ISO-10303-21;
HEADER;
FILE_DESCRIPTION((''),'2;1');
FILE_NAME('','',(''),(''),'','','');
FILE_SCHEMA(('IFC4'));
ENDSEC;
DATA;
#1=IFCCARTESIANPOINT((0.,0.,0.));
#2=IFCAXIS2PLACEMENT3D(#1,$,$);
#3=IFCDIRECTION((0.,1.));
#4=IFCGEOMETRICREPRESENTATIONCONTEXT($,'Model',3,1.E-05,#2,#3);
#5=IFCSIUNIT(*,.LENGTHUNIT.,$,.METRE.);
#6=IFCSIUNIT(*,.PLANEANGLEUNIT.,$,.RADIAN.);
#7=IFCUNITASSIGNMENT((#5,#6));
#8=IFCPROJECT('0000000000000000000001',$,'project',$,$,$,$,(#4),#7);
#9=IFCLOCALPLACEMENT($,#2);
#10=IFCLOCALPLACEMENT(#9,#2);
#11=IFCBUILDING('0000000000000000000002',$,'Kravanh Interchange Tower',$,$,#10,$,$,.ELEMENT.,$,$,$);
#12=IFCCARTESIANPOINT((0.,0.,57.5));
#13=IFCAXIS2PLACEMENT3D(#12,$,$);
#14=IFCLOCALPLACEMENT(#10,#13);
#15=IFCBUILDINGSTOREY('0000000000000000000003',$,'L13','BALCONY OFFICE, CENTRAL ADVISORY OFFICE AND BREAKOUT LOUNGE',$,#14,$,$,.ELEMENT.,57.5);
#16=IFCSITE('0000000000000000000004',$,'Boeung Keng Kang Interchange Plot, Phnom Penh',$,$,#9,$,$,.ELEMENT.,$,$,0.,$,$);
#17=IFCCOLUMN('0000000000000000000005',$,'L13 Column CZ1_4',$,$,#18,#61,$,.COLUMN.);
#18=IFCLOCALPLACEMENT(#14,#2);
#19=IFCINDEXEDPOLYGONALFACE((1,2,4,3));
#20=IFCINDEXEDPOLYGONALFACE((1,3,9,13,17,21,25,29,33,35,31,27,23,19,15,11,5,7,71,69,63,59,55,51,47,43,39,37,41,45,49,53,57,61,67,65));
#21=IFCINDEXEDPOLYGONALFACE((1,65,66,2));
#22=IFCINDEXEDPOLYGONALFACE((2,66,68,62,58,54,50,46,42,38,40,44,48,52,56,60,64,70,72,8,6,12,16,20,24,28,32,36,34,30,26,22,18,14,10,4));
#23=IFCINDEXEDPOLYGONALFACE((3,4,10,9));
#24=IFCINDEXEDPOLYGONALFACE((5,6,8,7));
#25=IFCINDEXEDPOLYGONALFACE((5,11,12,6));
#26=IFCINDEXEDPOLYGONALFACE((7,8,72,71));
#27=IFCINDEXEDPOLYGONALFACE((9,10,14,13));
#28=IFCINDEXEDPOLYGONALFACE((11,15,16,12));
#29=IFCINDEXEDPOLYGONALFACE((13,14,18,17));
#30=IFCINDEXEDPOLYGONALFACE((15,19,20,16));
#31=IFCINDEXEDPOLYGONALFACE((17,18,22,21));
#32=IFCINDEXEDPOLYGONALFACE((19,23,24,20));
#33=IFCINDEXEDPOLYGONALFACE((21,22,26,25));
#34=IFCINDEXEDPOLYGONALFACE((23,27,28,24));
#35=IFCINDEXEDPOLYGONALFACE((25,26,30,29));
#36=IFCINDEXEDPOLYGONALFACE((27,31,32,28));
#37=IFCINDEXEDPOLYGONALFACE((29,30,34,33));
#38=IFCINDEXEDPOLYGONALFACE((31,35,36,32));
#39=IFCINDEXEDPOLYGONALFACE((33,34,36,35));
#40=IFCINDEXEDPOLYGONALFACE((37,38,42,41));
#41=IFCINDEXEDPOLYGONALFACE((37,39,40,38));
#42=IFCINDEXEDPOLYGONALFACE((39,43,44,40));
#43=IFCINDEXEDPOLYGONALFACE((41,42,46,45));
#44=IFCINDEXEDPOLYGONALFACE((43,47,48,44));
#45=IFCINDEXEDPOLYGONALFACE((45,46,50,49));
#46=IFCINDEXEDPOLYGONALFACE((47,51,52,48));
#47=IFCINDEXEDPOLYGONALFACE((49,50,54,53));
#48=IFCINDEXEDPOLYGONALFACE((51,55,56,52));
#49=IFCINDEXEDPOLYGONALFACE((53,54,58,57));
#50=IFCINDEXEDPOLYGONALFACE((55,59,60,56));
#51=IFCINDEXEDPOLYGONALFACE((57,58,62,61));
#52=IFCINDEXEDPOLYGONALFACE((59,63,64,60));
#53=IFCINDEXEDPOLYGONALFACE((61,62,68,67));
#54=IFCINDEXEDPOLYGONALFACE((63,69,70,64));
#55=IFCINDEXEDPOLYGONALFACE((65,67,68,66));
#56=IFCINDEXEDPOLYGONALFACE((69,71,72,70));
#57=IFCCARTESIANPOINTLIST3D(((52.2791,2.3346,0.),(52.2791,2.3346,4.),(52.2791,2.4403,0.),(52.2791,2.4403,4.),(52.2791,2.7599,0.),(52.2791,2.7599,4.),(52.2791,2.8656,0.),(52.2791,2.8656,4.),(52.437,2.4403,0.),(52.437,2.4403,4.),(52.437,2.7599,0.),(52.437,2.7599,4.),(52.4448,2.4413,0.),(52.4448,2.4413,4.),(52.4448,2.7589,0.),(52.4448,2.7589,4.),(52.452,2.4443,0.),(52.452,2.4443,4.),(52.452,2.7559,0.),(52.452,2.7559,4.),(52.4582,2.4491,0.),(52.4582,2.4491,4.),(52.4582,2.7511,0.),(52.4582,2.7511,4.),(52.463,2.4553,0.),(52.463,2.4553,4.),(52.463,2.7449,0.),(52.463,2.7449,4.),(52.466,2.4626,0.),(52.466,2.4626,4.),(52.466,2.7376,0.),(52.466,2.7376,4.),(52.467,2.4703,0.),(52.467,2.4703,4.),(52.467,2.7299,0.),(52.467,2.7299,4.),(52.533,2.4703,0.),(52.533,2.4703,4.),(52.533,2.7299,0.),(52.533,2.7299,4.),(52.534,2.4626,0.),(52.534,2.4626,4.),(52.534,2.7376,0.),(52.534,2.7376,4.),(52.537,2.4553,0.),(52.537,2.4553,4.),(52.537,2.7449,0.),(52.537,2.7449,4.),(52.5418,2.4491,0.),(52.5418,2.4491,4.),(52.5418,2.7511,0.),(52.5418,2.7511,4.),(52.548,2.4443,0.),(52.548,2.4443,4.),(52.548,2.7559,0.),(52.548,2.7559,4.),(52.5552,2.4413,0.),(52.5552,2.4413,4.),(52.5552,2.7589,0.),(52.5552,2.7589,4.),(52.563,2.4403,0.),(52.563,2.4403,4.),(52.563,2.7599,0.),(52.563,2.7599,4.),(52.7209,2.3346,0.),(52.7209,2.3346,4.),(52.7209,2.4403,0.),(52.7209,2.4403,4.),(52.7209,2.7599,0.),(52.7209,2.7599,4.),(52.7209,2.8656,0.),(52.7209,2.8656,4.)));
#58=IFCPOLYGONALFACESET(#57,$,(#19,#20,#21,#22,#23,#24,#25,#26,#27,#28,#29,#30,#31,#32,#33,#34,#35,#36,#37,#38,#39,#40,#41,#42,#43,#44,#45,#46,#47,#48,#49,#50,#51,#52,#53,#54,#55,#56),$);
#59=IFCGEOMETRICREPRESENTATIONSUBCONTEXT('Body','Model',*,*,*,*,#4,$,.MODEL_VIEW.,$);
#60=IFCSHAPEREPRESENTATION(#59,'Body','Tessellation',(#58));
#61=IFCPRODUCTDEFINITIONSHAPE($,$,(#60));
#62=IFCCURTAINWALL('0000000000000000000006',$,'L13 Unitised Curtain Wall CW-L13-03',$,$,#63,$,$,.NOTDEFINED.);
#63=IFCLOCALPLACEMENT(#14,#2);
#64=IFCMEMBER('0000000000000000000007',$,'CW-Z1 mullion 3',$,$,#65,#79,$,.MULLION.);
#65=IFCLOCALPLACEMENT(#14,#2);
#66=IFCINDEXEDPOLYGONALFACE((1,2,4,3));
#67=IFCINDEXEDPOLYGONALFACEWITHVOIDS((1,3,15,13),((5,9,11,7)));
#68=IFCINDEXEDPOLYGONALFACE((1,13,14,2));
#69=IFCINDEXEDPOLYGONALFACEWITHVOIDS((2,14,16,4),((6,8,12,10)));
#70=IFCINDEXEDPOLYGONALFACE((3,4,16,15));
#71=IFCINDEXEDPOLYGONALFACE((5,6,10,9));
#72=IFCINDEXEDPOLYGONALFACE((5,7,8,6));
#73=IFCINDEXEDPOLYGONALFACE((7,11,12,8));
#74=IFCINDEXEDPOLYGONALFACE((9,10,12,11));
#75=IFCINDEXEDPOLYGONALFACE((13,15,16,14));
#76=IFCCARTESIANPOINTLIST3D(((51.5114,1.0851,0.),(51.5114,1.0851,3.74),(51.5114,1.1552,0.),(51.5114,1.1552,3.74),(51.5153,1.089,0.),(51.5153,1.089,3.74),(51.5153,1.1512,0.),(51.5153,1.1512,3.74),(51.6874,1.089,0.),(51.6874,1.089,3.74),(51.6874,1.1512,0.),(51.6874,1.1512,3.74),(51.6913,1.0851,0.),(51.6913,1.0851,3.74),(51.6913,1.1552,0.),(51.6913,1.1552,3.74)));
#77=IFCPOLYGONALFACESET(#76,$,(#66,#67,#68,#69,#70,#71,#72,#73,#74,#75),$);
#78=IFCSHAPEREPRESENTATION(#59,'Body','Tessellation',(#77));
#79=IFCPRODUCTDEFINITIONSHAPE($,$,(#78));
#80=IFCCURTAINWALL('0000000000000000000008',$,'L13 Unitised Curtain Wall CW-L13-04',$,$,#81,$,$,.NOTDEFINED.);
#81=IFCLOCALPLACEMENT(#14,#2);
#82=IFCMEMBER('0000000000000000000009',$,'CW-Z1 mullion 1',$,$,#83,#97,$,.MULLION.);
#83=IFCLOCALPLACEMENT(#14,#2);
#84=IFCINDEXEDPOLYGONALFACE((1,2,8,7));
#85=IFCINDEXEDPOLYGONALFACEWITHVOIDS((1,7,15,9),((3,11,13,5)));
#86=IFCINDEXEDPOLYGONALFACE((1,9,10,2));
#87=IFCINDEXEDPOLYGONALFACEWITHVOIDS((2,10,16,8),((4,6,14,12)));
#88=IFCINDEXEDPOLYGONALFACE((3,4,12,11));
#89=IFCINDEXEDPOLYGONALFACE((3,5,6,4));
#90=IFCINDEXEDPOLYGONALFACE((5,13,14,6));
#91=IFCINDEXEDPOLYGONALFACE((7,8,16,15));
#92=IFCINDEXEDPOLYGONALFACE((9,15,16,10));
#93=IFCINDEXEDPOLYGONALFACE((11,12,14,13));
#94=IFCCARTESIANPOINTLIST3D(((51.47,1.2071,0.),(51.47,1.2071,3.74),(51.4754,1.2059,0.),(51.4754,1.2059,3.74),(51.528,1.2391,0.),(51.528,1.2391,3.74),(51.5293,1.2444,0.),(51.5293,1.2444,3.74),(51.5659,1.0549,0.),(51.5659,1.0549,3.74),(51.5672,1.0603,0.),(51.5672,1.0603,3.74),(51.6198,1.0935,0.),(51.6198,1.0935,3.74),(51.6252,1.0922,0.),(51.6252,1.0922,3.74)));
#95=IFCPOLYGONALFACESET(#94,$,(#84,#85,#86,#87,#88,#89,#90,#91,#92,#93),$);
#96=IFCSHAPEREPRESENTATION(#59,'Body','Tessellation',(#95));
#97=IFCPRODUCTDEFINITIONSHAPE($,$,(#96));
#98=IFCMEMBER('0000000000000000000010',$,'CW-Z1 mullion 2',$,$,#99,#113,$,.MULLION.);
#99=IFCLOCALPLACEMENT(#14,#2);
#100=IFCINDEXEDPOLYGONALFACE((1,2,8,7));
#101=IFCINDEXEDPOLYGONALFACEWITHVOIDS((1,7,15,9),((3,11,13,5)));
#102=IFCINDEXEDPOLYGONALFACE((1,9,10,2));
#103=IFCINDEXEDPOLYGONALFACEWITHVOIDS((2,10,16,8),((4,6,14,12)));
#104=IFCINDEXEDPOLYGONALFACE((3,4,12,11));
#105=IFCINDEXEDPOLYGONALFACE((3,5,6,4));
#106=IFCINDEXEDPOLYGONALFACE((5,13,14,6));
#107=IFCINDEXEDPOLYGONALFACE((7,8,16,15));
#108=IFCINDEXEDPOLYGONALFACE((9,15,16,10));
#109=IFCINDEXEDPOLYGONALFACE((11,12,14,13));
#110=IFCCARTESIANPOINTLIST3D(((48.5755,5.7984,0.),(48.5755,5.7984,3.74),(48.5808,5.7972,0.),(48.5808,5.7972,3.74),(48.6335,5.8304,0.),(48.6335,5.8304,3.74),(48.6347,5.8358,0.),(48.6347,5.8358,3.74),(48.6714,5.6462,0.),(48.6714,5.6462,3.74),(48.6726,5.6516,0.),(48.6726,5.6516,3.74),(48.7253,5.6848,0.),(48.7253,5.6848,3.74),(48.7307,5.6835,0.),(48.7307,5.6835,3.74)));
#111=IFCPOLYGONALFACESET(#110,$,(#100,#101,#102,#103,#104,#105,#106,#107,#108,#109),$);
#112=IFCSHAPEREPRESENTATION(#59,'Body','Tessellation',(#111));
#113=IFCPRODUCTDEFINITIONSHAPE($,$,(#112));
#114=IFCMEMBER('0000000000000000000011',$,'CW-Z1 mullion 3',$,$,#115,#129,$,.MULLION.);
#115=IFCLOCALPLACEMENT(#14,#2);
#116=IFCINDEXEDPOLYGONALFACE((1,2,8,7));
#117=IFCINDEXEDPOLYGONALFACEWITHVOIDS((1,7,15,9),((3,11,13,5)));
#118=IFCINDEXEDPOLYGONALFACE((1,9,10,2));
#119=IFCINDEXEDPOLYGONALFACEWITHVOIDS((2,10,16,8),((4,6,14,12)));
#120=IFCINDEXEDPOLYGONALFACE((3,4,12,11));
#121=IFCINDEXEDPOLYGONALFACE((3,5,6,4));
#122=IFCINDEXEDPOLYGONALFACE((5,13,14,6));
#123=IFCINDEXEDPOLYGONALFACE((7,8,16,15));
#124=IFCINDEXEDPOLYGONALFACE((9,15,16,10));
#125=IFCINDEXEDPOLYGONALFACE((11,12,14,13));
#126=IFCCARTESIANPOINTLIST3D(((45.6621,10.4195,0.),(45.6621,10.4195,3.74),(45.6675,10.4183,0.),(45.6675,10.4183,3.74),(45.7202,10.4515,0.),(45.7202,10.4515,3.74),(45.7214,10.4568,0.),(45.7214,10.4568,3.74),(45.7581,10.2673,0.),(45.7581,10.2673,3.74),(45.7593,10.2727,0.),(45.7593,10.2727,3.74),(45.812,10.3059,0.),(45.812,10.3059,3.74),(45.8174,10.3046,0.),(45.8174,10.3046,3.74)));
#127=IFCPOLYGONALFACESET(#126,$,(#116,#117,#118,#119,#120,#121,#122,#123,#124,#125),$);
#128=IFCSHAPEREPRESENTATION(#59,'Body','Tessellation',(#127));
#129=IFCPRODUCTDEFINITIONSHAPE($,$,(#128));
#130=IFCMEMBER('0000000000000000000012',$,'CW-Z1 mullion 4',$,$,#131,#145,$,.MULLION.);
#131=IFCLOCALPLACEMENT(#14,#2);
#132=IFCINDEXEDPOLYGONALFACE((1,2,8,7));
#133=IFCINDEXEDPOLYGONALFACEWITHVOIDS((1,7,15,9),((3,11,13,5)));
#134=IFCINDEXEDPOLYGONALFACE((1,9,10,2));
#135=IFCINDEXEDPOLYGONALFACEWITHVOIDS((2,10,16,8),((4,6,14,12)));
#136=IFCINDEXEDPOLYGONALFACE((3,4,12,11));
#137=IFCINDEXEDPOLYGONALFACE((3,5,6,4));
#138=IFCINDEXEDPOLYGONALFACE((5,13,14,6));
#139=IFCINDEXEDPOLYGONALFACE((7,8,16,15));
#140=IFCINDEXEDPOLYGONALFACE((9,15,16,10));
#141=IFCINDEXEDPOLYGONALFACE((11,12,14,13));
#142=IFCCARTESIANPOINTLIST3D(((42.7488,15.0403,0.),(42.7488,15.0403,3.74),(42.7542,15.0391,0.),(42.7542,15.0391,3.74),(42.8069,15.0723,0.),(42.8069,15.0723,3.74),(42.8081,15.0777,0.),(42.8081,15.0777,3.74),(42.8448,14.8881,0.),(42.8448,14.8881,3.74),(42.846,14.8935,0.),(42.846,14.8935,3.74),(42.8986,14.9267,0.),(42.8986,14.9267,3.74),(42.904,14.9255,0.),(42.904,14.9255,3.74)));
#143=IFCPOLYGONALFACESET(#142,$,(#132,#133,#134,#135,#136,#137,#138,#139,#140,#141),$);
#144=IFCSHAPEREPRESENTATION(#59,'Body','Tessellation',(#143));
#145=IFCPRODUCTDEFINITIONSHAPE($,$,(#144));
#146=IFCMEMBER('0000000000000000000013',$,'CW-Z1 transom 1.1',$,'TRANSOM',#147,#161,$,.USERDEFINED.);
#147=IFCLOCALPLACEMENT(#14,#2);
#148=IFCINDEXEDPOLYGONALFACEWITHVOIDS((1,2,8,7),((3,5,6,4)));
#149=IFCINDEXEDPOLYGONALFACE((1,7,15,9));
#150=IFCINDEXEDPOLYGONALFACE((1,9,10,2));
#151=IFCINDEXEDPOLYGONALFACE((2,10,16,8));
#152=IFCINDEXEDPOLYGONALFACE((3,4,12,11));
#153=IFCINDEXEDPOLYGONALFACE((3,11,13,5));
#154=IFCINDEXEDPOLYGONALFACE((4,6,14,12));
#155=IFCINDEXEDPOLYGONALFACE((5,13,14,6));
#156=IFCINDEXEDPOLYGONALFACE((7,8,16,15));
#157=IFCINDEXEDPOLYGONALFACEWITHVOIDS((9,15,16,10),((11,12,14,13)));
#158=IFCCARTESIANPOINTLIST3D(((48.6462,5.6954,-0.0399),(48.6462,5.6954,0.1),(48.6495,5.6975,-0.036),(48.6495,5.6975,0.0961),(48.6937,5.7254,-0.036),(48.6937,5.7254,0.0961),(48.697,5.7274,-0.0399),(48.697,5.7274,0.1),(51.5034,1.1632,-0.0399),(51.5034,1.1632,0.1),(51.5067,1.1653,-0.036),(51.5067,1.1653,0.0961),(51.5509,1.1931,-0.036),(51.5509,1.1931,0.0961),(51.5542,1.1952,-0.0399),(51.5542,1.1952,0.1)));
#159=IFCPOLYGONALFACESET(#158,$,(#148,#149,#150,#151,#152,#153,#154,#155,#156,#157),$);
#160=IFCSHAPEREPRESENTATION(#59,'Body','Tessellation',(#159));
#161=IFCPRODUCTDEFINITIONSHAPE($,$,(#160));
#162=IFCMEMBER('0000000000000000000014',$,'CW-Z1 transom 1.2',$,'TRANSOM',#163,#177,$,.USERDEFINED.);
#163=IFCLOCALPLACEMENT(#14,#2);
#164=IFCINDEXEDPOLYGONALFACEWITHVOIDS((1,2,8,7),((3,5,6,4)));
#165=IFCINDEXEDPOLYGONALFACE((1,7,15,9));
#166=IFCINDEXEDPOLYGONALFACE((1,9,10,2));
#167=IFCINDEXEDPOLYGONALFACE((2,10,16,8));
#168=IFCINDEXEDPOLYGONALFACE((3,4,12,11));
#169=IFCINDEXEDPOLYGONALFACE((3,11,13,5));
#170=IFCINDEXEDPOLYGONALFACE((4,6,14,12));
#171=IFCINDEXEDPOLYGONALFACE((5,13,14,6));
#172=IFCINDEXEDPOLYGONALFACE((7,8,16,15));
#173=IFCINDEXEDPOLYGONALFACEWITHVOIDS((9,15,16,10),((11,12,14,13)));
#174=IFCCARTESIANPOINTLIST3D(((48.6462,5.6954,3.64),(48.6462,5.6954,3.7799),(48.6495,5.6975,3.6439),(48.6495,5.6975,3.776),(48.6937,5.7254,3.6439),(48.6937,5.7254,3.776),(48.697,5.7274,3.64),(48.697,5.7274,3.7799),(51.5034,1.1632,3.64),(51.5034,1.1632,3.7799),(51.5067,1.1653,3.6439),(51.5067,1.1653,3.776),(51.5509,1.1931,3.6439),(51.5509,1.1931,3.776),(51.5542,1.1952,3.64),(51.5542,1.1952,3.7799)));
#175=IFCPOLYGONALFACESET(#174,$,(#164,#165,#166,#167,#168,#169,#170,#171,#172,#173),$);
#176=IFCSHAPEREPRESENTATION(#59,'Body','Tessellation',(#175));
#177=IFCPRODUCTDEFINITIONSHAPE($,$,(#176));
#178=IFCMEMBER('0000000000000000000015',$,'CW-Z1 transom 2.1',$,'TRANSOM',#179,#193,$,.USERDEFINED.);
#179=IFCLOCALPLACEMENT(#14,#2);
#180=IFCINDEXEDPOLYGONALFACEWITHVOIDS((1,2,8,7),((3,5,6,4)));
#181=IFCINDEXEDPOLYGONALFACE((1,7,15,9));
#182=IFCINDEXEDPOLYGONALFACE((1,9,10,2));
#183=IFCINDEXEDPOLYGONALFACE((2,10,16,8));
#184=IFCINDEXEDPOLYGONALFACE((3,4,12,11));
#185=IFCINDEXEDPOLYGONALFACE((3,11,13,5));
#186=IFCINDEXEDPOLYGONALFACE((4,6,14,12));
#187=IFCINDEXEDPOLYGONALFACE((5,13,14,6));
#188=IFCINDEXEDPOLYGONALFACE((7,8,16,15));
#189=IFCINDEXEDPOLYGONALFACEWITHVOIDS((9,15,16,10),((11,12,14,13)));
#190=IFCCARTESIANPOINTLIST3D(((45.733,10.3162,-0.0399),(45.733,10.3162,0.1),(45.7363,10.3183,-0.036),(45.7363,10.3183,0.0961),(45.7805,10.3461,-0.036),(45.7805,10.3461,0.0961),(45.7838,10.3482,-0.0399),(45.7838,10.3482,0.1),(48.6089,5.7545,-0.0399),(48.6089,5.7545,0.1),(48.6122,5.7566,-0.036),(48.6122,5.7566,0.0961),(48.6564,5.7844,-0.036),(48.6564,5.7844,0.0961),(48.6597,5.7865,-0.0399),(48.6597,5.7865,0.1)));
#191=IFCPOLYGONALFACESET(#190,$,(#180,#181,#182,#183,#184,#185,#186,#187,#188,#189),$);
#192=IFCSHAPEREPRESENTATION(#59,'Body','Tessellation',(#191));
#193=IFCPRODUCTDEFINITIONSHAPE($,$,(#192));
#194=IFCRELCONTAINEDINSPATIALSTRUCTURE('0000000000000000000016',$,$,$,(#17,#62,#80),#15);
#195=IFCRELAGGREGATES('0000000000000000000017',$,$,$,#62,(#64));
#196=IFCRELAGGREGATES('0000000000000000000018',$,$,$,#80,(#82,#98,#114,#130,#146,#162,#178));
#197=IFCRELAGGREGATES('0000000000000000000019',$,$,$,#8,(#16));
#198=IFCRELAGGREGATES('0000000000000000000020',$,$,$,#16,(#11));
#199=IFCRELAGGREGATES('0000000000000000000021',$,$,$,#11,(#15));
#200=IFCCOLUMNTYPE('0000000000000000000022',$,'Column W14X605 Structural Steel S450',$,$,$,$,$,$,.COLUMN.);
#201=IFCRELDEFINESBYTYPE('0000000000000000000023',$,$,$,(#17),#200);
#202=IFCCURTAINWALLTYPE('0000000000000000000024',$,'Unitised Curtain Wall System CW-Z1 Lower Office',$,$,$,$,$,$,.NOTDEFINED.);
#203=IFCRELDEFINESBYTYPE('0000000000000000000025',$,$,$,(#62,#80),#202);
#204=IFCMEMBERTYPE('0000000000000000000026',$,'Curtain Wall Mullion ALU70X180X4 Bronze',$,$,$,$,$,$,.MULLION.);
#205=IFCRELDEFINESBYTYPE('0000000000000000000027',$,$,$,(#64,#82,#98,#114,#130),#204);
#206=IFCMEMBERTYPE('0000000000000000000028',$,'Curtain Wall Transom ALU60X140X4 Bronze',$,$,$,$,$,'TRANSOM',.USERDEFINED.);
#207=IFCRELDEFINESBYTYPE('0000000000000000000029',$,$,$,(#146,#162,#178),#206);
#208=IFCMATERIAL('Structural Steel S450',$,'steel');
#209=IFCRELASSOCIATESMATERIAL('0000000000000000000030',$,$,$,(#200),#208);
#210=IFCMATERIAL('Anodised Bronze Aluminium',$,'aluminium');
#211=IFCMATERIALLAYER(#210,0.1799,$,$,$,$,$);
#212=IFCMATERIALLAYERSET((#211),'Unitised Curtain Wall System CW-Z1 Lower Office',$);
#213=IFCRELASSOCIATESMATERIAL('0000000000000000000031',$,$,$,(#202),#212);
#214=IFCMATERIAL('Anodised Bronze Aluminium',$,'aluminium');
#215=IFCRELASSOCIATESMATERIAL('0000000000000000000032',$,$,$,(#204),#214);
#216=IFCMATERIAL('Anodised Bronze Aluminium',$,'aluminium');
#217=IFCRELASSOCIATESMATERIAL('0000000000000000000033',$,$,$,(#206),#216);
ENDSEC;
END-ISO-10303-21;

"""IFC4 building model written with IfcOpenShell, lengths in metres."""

from ifc_helpers import new_model, si_unit, direction, frame, origin, origin_2d, place, context, subcontext, project, spatial, hollow_rectangle, i_section, extrude, material, layer, layer_set, material_profile, profile_set, type_object, element, aggregate, save


model = new_model("IFC4")

# Units and contexts
model_context = context("Model", 3, precision=1e-05, world=origin(), true_north=direction((0.0, 1.0)))
body_context = subcontext(model_context, "Body", "Model", "MODEL_VIEW")
ifc_project = project(units=[si_unit("LENGTHUNIT", "METRE"), si_unit("PLANEANGLEUNIT", "RADIAN")], contexts=[model_context])

# Site, building, storey
site_placement = place(None, origin())
site = spatial("IfcSite", under=ifc_project, at=site_placement, Name="Boeung Keng Kang Interchange Plot, Phnom Penh", CompositionType="ELEMENT", RefElevation=0.0)
building_placement = place(site_placement, origin())
building = spatial("IfcBuilding", under=site, at=building_placement, Name="Kravanh Interchange Tower", CompositionType="ELEMENT")
storey_placement = place(building_placement, frame((0.0, 0.0, 57.5)))
storey = spatial("IfcBuildingStorey", under=building, at=storey_placement, Name="L13", Description="BALCONY OFFICE, CENTRAL ADVISORY OFFICE AND BREAKOUT LOUNGE", CompositionType="ELEMENT", Elevation=57.5)

# Column
ifc_material_1 = material(Name="Structural Steel S450", Category="steel")
ifc_material_profile_1 = material_profile(ifc_material_1, i_section(OverallWidth=0.4419, OverallDepth=0.531, WebThickness=0.0659, FlangeThickness=0.1057, FilletRadius=0.03, at=origin_2d()), Name="W14X605")
ifc_profile_set_1 = profile_set([ifc_material_profile_1], Name="Structural Steel S450")
column_type = type_object("IfcColumnType", Name="Column W14X605 Structural Steel S450", PredefinedType="COLUMN", material=ifc_profile_set_1)
column_placement = place(storey_placement, frame((52.5, 2.6001, 0.0), z_axis=(0.0, 0.0, 1.0), x_axis=(1.0, 0.0, 0.0)))
element("IfcColumn", 1, at=column_placement, inside=storey, type_object=column_type, Name="L13 Column CZ1_4", PredefinedType="COLUMN", context=body_context, shape_type="SweptSolid", body=[
    extrude(i_section(OverallWidth=0.4419, OverallDepth=0.531, WebThickness=0.0659, FlangeThickness=0.1057, FilletRadius=0.03, at=origin_2d()), origin(), (0.0, 0.0, 1.0), 4.0),
])

# Curtain wall, member
ifc_material_2 = material(Name="Anodised Bronze Aluminium", Category="aluminium")
ifc_layer_1 = layer(ifc_material_2, 0.1799)
ifc_layer_set_1 = layer_set([ifc_layer_1], Name="Unitised Curtain Wall System CW-Z1 Lower Office")
curtain_wall_type = type_object("IfcCurtainWallType", Name="Unitised Curtain Wall System CW-Z1 Lower Office", PredefinedType="NOTDEFINED", material=ifc_layer_set_1)
curtain_wall_1_placement = place(storey_placement, origin())
curtain_wall_1 = element("IfcCurtainWall", 2, at=curtain_wall_1_placement, inside=storey, type_object=curtain_wall_type, Name="L13 Unitised Curtain Wall CW-L13-03", PredefinedType="NOTDEFINED")
ifc_material_3 = material(Name="Anodised Bronze Aluminium", Category="aluminium")
ifc_material_profile_2 = material_profile(ifc_material_3, hollow_rectangle(XDim=0.0701, YDim=0.1799, WallThickness=0.0039, at=origin_2d()), Name="ALU70X180X4")
ifc_profile_set_2 = profile_set([ifc_material_profile_2], Name="Anodised Bronze Aluminium")
member_type_1 = type_object("IfcMemberType", Name="Curtain Wall Mullion ALU70X180X4 Bronze", PredefinedType="MULLION", material=ifc_profile_set_2)
member_1_placement = place(storey_placement, frame((51.6013, 1.1201, 0.0), z_axis=(0.0, 0.0, 1.0), x_axis=(0.0, -1.0, 0.0)))
member_1 = element("IfcMember", 3, at=member_1_placement, type_object=member_type_1, Name="CW-Z1 mullion 3", PredefinedType="MULLION", context=body_context, shape_type="SweptSolid", body=[
    extrude(hollow_rectangle(XDim=0.0701, YDim=0.1799, WallThickness=0.0039, at=origin_2d()), origin(), (0.0, 0.0, 1.0), 3.74),
])

# Curtain wall, members
curtain_wall_2_placement = place(storey_placement, origin())
curtain_wall_2 = element("IfcCurtainWall", 4, at=curtain_wall_2_placement, inside=storey, type_object=curtain_wall_type, Name="L13 Unitised Curtain Wall CW-L13-04", PredefinedType="NOTDEFINED")
member_2_placement = place(storey_placement, frame((51.5476, 1.1497, 0.0), z_axis=(0.0, 0.0, 1.0), x_axis=(-0.845926, -0.533301, 0.0)))
member_2 = element("IfcMember", 5, at=member_2_placement, type_object=member_type_1, Name="CW-Z1 mullion 1", PredefinedType="MULLION", context=body_context, shape_type="SweptSolid", body=[
    extrude(hollow_rectangle(XDim=0.0701, YDim=0.1799, WallThickness=0.0039, at=origin_2d()), origin(), (0.0, 0.0, 1.0), 3.74),
])
member_3_placement = place(storey_placement, frame((48.6531, 5.741, 0.0), z_axis=(0.0, 0.0, 1.0), x_axis=(-0.845926, -0.533301, 0.0)))
member_3 = element("IfcMember", 6, at=member_3_placement, type_object=member_type_1, Name="CW-Z1 mullion 2", PredefinedType="MULLION", context=body_context, shape_type="SweptSolid", body=[
    extrude(hollow_rectangle(XDim=0.0701, YDim=0.1799, WallThickness=0.0039, at=origin_2d()), origin(), (0.0, 0.0, 1.0), 3.74),
])
member_4_placement = place(storey_placement, frame((45.7397, 10.3621, 0.0), z_axis=(0.0, 0.0, 1.0), x_axis=(-0.845926, -0.533301, 0.0)))
member_4 = element("IfcMember", 7, at=member_4_placement, type_object=member_type_1, Name="CW-Z1 mullion 3", PredefinedType="MULLION", context=body_context, shape_type="SweptSolid", body=[
    extrude(hollow_rectangle(XDim=0.0701, YDim=0.1799, WallThickness=0.0039, at=origin_2d()), origin(), (0.0, 0.0, 1.0), 3.74),
])
member_5_placement = place(storey_placement, frame((42.8264, 14.9829, 0.0), z_axis=(0.0, 0.0, 1.0), x_axis=(-0.845926, -0.533301, 0.0)))
member_5 = element("IfcMember", 8, at=member_5_placement, type_object=member_type_1, Name="CW-Z1 mullion 4", PredefinedType="MULLION", context=body_context, shape_type="SweptSolid", body=[
    extrude(hollow_rectangle(XDim=0.0701, YDim=0.1799, WallThickness=0.0039, at=origin_2d()), origin(), (0.0, 0.0, 1.0), 3.74),
])
ifc_material_4 = material(Name="Anodised Bronze Aluminium", Category="aluminium")
ifc_material_profile_3 = material_profile(ifc_material_4, hollow_rectangle(XDim=0.0601, YDim=0.1399, WallThickness=0.0039, at=origin_2d()), Name="ALU60X140X4")
ifc_profile_set_3 = profile_set([ifc_material_profile_3], Name="Anodised Bronze Aluminium")
member_type_2 = type_object("IfcMemberType", Name="Curtain Wall Transom ALU60X140X4 Bronze", ElementType="TRANSOM", PredefinedType="USERDEFINED", material=ifc_profile_set_3)
member_6_placement = place(storey_placement, frame((51.5288, 1.1792, 0.03), z_axis=(-0.533288, 0.845934, 0.0), x_axis=(-0.845934, -0.533288, 0.0)))
member_6 = element("IfcMember", 9, at=member_6_placement, type_object=member_type_2, Name="CW-Z1 transom 1.1", ObjectType="TRANSOM", PredefinedType="USERDEFINED", context=body_context, shape_type="SweptSolid", body=[
    extrude(hollow_rectangle(XDim=0.0601, YDim=0.1399, WallThickness=0.0039, at=origin_2d()), origin(), (0.0, 0.0, 1.0), 5.3577),
])
member_7_placement = place(storey_placement, frame((51.5288, 1.1792, 3.71), z_axis=(-0.533288, 0.845934, 0.0), x_axis=(-0.845934, -0.533288, 0.0)))
member_7 = element("IfcMember", 10, at=member_7_placement, type_object=member_type_2, Name="CW-Z1 transom 1.2", ObjectType="TRANSOM", PredefinedType="USERDEFINED", context=body_context, shape_type="SweptSolid", body=[
    extrude(hollow_rectangle(XDim=0.0601, YDim=0.1399, WallThickness=0.0039, at=origin_2d()), origin(), (0.0, 0.0, 1.0), 5.3577),
])
member_8_placement = place(storey_placement, frame((48.6343, 5.7705, 0.03), z_axis=(-0.533311, 0.845919, 0.0), x_axis=(-0.845919, -0.533311, 0.0)))
member_8 = element("IfcMember", 11, at=member_8_placement, type_object=member_type_2, Name="CW-Z1 transom 2.1", ObjectType="TRANSOM", PredefinedType="USERDEFINED", context=body_context, shape_type="SweptSolid", body=[
    extrude(hollow_rectangle(XDim=0.0601, YDim=0.1399, WallThickness=0.0039, at=origin_2d()), origin(), (0.0, 0.0, 1.0), 5.3926),
])

aggregate(curtain_wall_1, [member_1])
aggregate(curtain_wall_2, [member_2, member_3, member_4, member_5, member_6, member_7, member_8])

save(model, "model.ifc")
